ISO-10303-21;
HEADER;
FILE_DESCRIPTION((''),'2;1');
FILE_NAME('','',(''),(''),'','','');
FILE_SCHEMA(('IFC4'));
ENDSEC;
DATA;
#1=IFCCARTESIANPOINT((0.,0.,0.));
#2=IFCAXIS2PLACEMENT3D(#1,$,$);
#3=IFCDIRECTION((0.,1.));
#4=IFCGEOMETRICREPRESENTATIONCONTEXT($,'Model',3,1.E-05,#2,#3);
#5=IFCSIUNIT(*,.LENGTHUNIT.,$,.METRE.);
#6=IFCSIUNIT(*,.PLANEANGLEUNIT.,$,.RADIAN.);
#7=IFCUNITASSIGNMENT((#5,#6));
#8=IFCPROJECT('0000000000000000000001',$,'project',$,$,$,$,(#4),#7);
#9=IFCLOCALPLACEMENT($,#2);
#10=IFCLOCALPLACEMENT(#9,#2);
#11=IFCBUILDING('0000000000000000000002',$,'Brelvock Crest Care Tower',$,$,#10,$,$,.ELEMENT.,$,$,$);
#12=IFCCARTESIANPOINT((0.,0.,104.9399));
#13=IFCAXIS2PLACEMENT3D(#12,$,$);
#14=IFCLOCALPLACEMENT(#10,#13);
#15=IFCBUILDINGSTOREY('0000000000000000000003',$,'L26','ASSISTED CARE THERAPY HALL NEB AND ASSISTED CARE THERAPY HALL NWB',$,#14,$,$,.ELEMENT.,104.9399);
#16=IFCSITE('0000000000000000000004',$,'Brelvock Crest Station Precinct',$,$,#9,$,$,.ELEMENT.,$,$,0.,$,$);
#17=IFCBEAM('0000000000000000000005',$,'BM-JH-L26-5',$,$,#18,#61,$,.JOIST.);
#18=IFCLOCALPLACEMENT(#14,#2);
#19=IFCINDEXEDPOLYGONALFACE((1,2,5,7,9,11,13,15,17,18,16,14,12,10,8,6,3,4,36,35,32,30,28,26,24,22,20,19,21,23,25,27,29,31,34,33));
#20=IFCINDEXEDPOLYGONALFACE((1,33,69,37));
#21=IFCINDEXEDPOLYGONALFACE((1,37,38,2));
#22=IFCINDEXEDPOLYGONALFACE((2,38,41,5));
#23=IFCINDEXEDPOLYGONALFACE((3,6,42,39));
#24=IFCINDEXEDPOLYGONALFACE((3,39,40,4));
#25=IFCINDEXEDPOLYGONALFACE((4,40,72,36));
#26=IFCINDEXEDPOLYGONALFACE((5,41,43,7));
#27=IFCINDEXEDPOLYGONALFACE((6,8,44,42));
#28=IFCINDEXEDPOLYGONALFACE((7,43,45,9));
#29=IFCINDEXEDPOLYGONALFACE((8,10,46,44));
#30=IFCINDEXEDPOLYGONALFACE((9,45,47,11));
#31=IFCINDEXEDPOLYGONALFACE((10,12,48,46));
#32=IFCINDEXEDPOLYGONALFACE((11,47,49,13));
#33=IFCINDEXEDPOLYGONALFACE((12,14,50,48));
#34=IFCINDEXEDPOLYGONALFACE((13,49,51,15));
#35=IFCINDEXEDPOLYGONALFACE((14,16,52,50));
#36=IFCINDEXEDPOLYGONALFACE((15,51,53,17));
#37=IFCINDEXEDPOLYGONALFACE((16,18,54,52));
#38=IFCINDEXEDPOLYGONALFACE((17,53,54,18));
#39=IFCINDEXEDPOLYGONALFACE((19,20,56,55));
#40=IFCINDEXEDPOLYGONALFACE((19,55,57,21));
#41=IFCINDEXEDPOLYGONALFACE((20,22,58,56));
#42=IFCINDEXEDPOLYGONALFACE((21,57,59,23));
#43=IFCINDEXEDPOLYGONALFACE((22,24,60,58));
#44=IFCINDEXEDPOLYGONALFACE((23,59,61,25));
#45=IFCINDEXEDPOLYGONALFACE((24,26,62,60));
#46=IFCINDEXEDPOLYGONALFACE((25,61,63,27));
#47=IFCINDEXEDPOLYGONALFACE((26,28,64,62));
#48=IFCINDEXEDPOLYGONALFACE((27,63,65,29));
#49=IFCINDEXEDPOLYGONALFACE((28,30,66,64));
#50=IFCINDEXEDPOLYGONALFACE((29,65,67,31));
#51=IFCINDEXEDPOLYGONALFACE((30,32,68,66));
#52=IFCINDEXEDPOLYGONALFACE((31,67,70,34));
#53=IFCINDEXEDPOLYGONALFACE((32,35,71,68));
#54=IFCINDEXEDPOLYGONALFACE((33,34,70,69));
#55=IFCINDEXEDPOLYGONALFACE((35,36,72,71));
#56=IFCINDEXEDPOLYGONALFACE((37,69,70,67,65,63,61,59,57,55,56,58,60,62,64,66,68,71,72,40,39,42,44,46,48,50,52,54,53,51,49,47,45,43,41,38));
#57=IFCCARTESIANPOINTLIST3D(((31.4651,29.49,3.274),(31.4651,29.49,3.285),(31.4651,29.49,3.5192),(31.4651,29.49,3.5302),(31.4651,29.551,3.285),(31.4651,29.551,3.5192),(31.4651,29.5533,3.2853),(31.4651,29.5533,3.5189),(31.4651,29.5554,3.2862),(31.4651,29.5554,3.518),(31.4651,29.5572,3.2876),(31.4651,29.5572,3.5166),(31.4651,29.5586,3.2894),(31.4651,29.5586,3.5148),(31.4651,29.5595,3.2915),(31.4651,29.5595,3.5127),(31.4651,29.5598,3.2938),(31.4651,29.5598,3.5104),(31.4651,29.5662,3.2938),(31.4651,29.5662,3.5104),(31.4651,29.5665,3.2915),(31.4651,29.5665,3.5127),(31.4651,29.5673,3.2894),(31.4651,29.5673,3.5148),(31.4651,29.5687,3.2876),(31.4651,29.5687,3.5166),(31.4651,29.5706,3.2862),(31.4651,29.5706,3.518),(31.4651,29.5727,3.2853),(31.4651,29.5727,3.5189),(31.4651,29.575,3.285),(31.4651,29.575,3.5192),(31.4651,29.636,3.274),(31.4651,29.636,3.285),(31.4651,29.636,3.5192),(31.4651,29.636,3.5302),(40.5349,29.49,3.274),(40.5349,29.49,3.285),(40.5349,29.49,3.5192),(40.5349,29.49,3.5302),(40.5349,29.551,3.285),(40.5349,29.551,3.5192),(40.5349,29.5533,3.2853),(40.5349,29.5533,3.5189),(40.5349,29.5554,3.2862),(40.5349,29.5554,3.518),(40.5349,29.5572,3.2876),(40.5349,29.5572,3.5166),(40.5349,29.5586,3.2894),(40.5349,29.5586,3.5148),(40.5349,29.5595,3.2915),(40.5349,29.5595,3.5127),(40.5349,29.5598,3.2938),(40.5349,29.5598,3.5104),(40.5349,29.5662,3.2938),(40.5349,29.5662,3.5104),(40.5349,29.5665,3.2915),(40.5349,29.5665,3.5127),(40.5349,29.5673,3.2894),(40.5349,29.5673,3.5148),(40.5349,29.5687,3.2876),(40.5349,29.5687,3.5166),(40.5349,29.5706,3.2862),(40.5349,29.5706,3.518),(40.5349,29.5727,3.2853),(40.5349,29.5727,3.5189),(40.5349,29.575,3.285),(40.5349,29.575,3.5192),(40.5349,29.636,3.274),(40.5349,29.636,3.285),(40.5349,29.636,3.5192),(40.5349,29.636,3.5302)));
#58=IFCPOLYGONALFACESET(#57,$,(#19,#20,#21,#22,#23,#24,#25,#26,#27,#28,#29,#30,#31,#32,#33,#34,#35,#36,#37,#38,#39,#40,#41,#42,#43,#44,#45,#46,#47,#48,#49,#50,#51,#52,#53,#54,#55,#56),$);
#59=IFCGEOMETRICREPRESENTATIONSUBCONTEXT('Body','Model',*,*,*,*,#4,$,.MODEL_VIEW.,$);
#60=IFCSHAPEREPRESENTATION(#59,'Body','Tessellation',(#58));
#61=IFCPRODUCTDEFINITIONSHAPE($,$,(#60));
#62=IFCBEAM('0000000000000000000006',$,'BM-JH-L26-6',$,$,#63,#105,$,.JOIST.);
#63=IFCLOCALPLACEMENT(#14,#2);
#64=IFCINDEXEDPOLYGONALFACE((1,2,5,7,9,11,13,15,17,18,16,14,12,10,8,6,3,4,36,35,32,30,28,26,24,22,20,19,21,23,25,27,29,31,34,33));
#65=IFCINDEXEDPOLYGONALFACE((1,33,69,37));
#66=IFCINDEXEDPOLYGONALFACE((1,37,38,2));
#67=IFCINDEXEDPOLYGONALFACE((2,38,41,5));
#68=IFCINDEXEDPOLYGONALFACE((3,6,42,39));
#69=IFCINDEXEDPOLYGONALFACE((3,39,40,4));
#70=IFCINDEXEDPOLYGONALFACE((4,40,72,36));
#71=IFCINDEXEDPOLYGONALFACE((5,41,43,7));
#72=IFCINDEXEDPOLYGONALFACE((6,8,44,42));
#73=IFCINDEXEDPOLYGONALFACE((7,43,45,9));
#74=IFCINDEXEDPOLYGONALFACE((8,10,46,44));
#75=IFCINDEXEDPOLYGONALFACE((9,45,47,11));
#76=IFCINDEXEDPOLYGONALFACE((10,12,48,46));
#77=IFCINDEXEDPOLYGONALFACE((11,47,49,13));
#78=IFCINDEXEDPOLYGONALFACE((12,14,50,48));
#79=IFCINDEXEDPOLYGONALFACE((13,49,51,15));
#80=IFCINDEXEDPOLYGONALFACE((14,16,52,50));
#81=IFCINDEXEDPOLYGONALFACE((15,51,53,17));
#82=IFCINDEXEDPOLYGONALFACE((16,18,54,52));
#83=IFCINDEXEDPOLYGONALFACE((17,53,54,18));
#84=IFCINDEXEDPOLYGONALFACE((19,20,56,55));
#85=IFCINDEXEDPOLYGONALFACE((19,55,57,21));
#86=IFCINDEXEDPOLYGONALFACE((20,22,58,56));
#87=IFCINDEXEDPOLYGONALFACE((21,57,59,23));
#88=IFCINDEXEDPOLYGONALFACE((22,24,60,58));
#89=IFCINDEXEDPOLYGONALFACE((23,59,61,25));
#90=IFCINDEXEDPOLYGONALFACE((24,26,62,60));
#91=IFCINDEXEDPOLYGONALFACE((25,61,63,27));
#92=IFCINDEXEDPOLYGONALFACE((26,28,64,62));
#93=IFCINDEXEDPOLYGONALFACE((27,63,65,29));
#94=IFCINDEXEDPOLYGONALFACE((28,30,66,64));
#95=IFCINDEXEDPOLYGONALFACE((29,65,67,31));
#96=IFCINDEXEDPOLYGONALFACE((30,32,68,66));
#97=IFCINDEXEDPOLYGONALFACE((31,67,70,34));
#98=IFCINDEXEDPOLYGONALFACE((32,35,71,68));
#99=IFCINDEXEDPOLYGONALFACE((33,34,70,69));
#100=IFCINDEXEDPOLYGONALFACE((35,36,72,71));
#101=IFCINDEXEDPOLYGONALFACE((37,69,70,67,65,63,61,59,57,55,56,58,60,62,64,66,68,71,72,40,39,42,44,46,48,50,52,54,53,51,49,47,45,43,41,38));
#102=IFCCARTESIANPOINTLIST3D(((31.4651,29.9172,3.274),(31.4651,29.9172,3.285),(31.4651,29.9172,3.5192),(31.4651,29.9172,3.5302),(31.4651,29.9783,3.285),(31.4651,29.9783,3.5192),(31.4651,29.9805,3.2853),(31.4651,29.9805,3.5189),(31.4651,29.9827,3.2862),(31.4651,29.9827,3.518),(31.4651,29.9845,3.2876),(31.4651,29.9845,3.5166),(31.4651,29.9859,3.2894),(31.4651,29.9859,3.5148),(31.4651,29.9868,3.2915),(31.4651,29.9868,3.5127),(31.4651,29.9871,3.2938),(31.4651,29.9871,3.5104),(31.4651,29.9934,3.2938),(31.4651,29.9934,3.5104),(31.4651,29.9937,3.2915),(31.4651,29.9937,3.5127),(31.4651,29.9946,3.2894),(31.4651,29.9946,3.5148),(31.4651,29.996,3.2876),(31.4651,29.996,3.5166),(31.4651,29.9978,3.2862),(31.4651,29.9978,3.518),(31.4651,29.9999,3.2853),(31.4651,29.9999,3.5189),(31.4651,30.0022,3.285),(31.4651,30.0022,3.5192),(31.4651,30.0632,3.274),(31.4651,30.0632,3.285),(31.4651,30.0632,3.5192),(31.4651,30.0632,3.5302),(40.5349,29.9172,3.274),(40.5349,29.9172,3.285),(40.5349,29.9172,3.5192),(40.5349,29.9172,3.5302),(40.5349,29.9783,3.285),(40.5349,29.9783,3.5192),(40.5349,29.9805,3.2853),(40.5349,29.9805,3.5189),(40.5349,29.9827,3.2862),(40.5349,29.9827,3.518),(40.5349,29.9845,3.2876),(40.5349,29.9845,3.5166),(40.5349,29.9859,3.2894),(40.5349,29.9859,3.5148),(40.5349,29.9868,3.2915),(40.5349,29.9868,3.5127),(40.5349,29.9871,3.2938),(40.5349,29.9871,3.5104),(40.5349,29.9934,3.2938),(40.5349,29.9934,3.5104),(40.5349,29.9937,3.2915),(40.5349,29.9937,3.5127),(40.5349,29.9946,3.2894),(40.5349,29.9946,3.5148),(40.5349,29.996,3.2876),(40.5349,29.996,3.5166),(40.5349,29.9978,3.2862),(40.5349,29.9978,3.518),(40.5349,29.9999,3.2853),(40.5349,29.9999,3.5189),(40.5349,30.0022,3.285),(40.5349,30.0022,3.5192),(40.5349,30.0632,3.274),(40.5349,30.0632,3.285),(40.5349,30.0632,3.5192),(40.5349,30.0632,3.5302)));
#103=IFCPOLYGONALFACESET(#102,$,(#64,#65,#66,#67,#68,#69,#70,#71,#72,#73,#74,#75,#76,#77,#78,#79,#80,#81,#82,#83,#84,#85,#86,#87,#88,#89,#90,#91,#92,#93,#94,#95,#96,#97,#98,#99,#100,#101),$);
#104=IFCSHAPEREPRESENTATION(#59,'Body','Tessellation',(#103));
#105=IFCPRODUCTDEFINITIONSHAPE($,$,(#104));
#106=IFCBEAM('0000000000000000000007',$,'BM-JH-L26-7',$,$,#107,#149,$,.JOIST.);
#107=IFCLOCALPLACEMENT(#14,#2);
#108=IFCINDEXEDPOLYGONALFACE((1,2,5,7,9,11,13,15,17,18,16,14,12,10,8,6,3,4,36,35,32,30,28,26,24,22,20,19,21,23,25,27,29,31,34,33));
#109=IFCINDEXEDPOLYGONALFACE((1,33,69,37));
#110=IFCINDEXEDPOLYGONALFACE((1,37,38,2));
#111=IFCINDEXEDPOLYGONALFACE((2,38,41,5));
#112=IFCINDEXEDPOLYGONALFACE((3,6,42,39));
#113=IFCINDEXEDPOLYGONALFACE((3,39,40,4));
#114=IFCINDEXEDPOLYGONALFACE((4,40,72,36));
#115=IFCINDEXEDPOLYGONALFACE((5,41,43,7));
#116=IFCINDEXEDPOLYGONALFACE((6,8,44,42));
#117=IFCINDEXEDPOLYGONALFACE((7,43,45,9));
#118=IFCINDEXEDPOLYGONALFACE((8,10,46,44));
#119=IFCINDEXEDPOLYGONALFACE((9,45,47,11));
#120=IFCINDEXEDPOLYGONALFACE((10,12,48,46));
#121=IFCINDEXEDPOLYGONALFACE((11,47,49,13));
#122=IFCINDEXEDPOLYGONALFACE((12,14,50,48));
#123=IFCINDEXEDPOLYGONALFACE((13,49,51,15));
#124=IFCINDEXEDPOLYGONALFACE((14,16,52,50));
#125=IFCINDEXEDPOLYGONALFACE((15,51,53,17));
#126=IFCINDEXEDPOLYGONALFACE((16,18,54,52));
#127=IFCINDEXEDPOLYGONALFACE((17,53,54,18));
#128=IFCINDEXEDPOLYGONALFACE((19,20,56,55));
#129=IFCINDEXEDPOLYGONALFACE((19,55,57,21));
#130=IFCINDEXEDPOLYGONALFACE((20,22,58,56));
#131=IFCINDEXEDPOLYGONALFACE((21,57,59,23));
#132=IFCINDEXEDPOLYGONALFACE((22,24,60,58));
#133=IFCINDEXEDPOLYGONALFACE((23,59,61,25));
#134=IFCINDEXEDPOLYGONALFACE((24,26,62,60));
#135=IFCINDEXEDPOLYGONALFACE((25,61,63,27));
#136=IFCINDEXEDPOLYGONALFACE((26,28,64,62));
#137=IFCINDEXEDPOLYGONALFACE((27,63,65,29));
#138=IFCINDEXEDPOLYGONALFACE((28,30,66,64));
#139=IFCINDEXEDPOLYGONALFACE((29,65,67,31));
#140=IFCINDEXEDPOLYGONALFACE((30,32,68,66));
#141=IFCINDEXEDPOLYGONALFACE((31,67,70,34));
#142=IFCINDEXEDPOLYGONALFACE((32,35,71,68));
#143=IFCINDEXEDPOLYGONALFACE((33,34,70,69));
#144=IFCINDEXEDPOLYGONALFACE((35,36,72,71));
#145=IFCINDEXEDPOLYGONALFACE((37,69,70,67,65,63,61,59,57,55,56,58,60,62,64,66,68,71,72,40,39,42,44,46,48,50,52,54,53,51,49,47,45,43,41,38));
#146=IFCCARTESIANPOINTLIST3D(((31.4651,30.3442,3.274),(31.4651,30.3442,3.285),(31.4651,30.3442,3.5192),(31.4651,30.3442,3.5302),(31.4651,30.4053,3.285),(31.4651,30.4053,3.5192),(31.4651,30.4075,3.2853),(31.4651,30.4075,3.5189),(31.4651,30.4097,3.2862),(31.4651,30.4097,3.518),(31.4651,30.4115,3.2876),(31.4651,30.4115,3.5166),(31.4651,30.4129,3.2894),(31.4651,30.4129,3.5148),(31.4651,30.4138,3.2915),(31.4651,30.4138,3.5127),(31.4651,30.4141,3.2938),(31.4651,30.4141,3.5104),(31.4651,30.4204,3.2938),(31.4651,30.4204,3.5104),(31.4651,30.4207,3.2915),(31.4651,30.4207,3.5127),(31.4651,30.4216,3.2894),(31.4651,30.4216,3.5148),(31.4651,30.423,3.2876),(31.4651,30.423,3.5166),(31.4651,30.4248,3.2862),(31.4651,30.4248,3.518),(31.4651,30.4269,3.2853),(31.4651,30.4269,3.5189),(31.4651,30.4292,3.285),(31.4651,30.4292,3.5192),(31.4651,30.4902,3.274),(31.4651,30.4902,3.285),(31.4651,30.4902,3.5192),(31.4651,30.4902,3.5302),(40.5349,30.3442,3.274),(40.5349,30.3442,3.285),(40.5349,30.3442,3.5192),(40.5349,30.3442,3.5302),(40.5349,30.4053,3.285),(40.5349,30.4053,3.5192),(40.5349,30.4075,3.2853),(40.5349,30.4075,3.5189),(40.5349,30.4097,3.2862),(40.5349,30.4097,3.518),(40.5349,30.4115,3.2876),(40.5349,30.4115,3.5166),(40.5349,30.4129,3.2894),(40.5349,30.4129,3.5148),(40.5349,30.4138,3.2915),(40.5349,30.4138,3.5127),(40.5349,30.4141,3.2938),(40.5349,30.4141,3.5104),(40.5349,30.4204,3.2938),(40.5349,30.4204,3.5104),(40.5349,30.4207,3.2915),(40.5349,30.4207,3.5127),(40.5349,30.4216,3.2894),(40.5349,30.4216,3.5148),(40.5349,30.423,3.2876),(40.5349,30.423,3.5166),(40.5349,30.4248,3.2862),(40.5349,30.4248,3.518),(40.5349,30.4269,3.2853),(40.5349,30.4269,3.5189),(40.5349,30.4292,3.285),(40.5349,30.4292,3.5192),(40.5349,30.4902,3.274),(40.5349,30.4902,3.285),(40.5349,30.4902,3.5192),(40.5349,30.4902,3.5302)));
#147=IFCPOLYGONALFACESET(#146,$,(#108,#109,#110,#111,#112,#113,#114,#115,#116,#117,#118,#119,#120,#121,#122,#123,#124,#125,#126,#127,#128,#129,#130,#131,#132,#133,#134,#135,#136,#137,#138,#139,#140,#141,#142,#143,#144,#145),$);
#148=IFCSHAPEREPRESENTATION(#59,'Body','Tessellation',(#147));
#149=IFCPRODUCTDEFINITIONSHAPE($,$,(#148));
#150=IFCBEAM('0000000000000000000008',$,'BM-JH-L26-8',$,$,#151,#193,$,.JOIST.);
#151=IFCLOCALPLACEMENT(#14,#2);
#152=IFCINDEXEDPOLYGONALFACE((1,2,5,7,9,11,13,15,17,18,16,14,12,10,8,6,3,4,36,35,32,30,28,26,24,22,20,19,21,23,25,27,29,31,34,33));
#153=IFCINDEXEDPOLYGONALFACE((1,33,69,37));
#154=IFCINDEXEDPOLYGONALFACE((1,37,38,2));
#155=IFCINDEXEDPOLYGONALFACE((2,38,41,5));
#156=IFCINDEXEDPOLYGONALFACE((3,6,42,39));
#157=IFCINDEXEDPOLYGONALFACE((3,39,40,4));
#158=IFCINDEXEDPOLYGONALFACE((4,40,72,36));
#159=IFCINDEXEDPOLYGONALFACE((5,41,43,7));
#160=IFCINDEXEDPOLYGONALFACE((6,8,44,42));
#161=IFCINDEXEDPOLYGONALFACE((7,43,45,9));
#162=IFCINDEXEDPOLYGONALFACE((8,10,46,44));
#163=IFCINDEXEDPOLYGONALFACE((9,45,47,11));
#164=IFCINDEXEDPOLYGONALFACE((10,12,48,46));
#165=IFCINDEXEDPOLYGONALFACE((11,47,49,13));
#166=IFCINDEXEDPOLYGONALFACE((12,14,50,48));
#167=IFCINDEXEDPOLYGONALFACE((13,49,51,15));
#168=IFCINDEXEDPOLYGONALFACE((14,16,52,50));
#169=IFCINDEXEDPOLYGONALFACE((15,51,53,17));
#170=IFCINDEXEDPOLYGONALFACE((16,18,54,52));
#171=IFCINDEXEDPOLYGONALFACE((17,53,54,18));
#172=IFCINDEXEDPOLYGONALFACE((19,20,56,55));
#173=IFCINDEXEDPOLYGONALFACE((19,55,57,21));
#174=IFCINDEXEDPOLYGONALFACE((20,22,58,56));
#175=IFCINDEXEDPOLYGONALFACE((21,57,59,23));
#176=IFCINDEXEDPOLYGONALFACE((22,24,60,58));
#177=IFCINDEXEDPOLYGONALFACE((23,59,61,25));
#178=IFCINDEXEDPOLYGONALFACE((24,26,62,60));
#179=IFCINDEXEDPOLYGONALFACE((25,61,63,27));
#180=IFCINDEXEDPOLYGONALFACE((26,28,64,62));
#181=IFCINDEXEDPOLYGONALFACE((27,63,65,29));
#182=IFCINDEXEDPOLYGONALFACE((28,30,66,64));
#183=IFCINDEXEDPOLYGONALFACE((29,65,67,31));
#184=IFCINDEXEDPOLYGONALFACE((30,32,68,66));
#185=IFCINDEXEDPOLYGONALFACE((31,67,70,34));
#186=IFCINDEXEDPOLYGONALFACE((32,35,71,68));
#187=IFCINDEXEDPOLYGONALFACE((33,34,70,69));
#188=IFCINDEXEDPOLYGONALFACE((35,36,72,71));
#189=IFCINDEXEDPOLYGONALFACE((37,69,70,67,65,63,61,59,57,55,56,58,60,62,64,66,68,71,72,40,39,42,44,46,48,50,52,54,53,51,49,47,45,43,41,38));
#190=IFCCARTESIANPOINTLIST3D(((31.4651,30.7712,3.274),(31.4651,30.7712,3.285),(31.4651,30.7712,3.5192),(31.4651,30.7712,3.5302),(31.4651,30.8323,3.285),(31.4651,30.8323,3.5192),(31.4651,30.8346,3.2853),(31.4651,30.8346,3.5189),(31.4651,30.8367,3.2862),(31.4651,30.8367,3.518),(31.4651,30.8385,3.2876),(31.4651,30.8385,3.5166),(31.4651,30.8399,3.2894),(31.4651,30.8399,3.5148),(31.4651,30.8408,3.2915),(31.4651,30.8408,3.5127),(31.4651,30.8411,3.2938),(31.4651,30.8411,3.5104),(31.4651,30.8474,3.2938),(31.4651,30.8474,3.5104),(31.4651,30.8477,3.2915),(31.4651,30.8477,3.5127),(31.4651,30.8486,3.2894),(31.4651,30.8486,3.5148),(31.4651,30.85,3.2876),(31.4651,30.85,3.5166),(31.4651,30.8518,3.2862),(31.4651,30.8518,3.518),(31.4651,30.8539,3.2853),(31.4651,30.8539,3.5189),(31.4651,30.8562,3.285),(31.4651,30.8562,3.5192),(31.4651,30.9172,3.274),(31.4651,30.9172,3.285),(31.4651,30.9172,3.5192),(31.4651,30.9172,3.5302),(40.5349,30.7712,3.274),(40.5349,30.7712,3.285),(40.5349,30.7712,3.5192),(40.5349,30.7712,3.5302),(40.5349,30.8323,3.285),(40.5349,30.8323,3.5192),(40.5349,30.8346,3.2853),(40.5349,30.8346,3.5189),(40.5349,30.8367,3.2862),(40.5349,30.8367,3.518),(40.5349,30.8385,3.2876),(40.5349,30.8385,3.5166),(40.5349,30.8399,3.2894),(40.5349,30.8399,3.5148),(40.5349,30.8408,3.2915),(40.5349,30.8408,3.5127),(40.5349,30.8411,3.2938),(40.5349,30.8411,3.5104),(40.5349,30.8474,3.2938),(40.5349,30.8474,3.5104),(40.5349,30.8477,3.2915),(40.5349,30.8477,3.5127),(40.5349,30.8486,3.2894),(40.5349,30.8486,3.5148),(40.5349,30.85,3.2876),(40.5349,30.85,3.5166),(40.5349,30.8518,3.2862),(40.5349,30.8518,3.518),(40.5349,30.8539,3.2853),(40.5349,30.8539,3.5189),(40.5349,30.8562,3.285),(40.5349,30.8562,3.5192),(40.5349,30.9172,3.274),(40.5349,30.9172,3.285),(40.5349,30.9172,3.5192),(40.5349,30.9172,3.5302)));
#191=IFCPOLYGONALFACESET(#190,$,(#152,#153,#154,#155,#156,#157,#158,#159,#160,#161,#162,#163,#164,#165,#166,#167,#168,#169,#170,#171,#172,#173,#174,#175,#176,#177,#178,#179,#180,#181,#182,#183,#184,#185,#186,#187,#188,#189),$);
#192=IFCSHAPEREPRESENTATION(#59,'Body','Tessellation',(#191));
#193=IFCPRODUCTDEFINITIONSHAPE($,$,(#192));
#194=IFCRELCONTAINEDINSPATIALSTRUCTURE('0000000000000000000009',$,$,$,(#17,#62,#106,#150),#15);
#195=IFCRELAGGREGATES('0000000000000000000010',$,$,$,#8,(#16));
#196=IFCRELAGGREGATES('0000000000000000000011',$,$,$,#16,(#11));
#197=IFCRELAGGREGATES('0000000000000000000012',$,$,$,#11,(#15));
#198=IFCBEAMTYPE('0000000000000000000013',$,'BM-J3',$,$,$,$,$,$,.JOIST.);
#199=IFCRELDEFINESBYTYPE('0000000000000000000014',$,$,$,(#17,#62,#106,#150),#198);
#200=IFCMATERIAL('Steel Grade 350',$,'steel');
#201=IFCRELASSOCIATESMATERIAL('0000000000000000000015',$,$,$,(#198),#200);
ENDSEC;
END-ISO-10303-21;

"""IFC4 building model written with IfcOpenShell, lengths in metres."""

from ifc_helpers import new_model, si_unit, direction, frame, origin, origin_2d, place, context, subcontext, project, spatial, i_section, extrude, source, transform, mapped, material, material_profile, profile_set, type_object, element, save


model = new_model("IFC4")

# Units and contexts
model_context = context("Model", 3, precision=1e-05, world=origin(), true_north=direction((0.0, 1.0)))
body_context = subcontext(model_context, "Body", "Model", "MODEL_VIEW")
ifc_project = project(units=[si_unit("LENGTHUNIT", "METRE"), si_unit("PLANEANGLEUNIT", "RADIAN")], contexts=[model_context])

# Site, building, storey
site_placement = place(None, origin())
site = spatial("IfcSite", under=ifc_project, at=site_placement, Name="Brelvock Crest Station Precinct", CompositionType="ELEMENT", RefElevation=0.0)
building_placement = place(site_placement, origin())
building = spatial("IfcBuilding", under=site, at=building_placement, Name="Brelvock Crest Care Tower", CompositionType="ELEMENT")
storey_placement = place(building_placement, frame((0.0, 0.0, 104.9399)))
storey = spatial("IfcBuildingStorey", under=building, at=storey_placement, Name="L26", Description="ASSISTED CARE THERAPY HALL NEB AND ASSISTED CARE THERAPY HALL NWB", CompositionType="ELEMENT", Elevation=104.9399)

# Shared definitions
ifc_material_1 = material(Name="Steel Grade 350", Category="steel")

# Beams
ifc_material_profile_1 = material_profile(ifc_material_1, i_section(OverallWidth=0.146, OverallDepth=0.2561, WebThickness=0.0063, FlangeThickness=0.011, FilletRadius=0.0088, at=origin_2d()), Name="250UB37.3")
ifc_profile_set_1 = profile_set([ifc_material_profile_1], Name="Steel Grade 350")
beam_type_1 = type_object("IfcBeamType", Name="BM-J3", PredefinedType="JOIST", material=ifc_profile_set_1)
shared_shape_1 = source(origin(), body_context, "Body", "SweptSolid", [
    extrude(i_section(OverallWidth=0.146, OverallDepth=0.2561, WebThickness=0.0063, FlangeThickness=0.011, FilletRadius=0.0088, at=origin_2d()), origin(), (0.0, 0.0, 1.0), 9.0698),
])
for number, where, z_axis, x_axis, name in (
    (1, (31.4651, 29.563, 3.4021), (1.0, 0.0, 0.0), (0.0, 1.0, 0.0), "BM-JH-L26-5"),
    (2, (31.4651, 29.9902, 3.4021), (1.0, 0.0, 0.0), (0.0, 1.0, 0.0), "BM-JH-L26-6"),
    (3, (31.4651, 30.4172, 3.4021), (1.0, 0.0, 0.0), (0.0, 1.0, 0.0), "BM-JH-L26-7"),
    (4, (31.4651, 30.8442, 3.4021), (1.0, 0.0, 0.0), (0.0, 1.0, 0.0), "BM-JH-L26-8"),
):
    element("IfcBeam", number, at=place(storey_placement, frame(where, z_axis=z_axis, x_axis=x_axis)), inside=storey, type_object=beam_type_1, Name=name, PredefinedType="JOIST", context=body_context, shape_type="MappedRepresentation", body=[
        mapped(shared_shape_1, transform((0.0, 0.0, 0.0), x_axis=(1.0, 0.0, 0.0), y_axis=(0.0, 1.0, 0.0), z_axis=(0.0, 0.0, 1.0), scale=1.0)),
    ])

save(model, "model.ifc")
